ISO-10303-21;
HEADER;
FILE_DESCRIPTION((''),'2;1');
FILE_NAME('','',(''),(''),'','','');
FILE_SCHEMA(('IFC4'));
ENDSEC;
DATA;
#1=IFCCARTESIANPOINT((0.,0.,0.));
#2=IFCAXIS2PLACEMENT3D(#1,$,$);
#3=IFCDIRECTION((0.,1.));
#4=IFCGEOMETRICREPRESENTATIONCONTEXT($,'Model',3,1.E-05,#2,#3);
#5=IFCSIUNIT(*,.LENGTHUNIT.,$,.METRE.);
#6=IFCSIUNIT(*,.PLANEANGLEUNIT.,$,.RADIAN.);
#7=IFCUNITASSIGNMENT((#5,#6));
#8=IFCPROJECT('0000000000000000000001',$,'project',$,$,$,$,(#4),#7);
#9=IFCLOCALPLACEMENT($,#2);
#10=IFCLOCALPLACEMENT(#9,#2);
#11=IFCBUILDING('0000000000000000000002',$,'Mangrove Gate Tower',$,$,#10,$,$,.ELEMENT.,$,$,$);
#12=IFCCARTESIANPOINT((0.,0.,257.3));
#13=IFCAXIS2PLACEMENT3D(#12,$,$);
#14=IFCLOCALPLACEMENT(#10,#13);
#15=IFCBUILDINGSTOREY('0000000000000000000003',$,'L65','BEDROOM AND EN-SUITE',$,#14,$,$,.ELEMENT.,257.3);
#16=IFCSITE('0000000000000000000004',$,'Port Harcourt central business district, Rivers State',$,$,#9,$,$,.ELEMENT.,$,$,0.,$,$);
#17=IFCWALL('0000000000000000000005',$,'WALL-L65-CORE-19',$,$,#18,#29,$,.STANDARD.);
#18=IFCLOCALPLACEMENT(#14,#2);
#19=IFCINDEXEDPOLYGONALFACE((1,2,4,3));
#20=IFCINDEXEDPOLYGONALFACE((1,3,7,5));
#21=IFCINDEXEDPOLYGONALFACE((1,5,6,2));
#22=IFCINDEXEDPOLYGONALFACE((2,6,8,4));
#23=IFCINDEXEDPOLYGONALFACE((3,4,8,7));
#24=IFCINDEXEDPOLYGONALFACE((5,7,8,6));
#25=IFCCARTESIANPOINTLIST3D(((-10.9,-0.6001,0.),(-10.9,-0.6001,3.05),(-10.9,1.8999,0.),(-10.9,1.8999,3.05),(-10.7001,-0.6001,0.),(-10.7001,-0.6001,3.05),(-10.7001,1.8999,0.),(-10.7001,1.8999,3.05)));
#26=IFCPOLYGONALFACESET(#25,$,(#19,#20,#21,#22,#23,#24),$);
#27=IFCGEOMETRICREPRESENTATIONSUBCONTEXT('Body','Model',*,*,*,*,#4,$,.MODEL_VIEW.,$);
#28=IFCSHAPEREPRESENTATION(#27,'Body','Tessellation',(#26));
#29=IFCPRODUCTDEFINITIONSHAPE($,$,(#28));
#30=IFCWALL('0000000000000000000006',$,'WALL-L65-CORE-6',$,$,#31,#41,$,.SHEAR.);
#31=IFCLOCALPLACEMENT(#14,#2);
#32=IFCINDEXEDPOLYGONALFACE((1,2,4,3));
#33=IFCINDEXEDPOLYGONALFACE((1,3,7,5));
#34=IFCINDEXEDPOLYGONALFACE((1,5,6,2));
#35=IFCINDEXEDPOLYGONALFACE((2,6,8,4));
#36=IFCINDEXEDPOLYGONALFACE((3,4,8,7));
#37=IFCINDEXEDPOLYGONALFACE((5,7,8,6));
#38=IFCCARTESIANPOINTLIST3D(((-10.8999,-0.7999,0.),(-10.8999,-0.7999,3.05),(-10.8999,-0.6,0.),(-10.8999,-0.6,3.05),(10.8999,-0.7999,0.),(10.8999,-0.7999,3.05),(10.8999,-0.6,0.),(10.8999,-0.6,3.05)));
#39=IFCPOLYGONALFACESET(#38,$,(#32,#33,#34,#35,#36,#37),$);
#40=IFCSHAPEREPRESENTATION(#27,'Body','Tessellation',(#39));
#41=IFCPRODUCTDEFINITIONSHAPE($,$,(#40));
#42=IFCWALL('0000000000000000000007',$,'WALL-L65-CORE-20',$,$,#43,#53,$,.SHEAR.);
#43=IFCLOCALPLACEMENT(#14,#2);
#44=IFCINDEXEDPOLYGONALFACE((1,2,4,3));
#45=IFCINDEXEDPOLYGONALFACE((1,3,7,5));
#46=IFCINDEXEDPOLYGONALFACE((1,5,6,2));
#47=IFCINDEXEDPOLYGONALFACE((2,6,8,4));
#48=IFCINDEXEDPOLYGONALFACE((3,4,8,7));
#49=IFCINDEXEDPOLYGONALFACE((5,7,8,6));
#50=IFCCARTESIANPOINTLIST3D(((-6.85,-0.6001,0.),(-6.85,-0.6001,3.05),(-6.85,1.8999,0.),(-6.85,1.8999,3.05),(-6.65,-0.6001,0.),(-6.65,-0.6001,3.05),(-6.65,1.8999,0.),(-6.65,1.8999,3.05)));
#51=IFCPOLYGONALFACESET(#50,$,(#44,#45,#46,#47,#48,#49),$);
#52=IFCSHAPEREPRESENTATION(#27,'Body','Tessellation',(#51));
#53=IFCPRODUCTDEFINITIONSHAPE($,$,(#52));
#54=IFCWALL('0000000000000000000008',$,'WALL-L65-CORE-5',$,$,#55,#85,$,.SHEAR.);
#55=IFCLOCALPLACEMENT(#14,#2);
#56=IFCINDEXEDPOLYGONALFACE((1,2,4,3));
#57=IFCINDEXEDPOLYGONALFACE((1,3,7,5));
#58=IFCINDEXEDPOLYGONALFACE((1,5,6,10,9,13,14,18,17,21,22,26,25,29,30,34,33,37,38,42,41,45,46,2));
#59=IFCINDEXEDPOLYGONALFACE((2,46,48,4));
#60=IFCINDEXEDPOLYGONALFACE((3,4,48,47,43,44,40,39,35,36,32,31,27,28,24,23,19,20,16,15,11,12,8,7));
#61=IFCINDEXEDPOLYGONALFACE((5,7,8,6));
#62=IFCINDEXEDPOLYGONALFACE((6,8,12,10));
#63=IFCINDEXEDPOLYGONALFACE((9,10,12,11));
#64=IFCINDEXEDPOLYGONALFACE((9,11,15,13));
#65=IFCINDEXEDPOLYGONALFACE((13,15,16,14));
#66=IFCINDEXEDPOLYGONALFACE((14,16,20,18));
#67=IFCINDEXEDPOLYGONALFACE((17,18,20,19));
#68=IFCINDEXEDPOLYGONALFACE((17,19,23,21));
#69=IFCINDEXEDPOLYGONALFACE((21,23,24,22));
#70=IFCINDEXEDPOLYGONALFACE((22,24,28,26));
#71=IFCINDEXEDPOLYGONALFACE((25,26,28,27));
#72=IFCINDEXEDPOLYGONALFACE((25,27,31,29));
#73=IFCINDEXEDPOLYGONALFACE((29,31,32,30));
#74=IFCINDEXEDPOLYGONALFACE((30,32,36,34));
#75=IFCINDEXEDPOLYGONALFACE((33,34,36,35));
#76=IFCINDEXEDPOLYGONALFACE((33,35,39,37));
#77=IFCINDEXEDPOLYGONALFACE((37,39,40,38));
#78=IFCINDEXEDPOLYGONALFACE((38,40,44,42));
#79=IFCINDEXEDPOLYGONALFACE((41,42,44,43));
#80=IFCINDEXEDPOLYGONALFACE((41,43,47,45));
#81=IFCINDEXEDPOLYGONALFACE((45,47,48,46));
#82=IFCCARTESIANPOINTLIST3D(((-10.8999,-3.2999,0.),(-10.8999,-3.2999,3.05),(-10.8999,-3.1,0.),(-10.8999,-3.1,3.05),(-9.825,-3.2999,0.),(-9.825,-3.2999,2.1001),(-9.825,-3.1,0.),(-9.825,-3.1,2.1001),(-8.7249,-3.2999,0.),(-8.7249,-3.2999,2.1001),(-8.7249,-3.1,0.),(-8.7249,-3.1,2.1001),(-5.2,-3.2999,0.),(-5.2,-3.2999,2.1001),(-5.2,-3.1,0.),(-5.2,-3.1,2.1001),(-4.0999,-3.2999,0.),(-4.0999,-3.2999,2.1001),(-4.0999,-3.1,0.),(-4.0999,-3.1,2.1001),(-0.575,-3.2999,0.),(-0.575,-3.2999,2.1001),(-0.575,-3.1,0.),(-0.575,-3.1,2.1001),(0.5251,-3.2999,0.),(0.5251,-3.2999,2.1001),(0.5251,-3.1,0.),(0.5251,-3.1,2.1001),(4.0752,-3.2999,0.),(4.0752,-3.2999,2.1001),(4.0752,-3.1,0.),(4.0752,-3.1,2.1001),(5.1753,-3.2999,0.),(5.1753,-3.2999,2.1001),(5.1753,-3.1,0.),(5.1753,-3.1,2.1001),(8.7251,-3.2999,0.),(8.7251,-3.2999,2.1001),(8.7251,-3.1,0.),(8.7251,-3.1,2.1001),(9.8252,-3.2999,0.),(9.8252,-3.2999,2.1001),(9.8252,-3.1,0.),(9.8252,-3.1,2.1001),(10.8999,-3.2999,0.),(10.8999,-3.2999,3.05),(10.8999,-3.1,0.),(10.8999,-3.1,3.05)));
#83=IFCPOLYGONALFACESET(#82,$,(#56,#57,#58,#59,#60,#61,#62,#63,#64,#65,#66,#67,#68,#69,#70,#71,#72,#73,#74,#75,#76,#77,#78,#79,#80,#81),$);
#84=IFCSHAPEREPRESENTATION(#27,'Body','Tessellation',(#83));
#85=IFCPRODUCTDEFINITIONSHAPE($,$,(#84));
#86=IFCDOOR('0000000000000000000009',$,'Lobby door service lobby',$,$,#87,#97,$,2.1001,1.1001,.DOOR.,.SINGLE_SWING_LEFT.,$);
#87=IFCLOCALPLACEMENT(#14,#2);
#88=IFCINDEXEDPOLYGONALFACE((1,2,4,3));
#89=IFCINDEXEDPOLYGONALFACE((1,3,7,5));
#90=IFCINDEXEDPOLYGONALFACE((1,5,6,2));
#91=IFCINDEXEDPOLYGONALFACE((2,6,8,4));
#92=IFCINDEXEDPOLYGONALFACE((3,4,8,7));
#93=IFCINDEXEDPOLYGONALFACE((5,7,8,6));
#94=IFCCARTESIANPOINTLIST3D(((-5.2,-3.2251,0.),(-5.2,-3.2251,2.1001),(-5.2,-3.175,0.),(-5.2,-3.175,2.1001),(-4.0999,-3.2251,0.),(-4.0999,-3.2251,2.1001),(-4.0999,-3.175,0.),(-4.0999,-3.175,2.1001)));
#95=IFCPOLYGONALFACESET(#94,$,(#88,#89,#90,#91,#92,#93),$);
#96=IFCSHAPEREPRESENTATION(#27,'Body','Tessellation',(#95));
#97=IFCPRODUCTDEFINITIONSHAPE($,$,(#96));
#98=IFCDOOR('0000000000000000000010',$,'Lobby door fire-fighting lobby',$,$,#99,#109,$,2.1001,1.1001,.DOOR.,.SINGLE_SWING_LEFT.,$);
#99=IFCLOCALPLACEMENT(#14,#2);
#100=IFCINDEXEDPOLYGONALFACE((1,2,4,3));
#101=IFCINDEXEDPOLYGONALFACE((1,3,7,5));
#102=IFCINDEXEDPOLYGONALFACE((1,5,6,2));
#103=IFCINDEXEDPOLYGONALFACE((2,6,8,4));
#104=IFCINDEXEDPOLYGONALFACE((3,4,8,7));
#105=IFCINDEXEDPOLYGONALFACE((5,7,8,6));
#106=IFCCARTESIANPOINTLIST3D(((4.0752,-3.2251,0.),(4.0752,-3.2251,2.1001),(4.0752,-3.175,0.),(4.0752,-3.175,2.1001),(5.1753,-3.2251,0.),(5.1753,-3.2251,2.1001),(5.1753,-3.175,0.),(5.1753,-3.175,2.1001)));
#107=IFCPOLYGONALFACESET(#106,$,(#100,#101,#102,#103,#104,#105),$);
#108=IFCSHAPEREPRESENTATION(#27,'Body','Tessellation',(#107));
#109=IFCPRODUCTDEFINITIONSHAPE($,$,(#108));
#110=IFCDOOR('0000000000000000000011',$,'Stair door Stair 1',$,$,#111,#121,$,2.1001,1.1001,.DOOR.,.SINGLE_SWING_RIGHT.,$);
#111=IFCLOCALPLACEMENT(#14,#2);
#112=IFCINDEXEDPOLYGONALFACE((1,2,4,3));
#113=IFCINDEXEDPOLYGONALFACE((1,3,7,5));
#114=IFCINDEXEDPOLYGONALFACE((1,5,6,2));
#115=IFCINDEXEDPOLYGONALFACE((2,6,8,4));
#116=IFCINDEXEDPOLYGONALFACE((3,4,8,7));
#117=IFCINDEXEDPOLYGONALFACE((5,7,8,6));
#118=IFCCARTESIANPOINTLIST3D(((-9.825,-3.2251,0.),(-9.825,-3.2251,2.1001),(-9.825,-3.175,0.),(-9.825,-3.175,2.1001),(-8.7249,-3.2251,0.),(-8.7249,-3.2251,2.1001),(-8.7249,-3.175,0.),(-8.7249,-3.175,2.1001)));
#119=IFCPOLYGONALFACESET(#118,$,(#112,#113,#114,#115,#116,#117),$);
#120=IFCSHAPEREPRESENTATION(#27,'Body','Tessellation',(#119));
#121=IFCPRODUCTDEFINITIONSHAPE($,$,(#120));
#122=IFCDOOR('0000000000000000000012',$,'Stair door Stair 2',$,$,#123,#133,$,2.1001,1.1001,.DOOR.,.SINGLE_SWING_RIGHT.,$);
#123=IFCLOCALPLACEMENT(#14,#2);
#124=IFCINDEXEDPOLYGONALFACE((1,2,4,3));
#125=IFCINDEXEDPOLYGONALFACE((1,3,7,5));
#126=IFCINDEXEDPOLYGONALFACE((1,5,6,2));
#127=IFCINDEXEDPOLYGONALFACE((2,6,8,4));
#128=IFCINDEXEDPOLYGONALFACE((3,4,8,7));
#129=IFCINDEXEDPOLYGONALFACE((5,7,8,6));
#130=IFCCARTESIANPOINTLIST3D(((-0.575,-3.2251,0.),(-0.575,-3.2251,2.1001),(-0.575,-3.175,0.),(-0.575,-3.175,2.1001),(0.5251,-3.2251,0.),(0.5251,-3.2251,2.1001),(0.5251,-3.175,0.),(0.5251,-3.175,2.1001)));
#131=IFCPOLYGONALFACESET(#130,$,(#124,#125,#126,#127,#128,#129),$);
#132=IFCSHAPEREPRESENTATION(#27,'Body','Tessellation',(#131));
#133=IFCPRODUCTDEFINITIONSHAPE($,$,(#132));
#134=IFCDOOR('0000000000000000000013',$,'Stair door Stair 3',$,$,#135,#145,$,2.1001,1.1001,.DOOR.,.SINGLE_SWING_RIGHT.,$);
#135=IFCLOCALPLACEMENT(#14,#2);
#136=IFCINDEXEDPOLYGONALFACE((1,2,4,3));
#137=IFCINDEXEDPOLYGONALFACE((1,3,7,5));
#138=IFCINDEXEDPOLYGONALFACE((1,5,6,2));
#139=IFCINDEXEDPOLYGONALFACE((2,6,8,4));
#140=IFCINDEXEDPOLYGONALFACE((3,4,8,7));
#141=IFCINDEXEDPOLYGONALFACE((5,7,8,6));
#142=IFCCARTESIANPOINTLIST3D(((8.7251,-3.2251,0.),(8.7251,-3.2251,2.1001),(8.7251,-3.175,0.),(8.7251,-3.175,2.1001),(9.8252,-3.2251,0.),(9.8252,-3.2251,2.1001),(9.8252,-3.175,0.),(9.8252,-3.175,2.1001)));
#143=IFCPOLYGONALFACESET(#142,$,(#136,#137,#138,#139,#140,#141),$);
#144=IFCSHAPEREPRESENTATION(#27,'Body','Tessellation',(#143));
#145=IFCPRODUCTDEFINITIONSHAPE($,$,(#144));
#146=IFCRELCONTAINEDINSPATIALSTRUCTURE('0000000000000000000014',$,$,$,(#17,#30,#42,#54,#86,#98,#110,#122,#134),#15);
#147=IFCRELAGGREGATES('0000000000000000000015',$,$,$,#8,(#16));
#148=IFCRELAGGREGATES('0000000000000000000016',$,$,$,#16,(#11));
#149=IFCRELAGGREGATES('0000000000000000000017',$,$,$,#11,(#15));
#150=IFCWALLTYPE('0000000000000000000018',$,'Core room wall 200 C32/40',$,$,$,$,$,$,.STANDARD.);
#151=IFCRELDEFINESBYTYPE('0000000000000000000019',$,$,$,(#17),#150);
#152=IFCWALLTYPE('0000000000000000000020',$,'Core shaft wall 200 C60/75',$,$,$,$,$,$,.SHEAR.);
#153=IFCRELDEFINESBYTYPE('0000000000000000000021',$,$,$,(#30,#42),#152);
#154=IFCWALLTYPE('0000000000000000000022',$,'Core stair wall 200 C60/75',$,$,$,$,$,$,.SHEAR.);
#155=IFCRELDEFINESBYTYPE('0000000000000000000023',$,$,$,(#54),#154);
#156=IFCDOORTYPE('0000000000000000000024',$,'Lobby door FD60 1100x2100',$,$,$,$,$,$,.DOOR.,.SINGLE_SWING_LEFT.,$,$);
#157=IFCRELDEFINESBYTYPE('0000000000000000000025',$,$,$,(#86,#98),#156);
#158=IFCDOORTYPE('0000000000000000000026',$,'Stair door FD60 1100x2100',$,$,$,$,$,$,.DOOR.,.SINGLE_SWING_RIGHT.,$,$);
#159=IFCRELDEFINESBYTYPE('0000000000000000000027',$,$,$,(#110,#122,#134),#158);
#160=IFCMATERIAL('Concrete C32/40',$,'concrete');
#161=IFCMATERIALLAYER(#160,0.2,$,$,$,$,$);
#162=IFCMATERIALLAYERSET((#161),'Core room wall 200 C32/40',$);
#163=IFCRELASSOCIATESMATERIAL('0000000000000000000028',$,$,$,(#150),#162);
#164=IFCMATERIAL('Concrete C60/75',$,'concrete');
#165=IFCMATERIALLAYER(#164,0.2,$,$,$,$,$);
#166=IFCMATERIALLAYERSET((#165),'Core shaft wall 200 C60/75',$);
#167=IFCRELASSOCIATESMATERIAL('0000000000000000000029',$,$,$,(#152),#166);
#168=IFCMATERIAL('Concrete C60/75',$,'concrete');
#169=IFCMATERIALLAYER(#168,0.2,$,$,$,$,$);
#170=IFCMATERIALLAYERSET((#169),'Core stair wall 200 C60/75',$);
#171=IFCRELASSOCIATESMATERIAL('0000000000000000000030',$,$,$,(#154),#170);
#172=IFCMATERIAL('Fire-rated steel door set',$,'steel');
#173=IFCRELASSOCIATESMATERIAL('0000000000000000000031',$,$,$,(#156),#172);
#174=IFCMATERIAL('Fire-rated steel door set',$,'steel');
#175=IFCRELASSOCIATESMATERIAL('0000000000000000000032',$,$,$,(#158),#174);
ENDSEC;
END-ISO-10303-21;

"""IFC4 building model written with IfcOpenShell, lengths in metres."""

from ifc_helpers import new_model, si_unit, direction, frame, frame_2d, origin, place, context, subcontext, project, spatial, rectangle, extrude, material, layer, layer_set, type_object, element, fill, save


model = new_model("IFC4")

# Units and contexts
model_context = context("Model", 3, precision=1e-05, world=origin(), true_north=direction((0.0, 1.0)))
body_context = subcontext(model_context, "Body", "Model", "MODEL_VIEW")
ifc_project = project(units=[si_unit("LENGTHUNIT", "METRE"), si_unit("PLANEANGLEUNIT", "RADIAN")], contexts=[model_context])

# Site, building, storey
site_placement = place(None, origin())
site = spatial("IfcSite", under=ifc_project, at=site_placement, Name="Port Harcourt central business district, Rivers State", CompositionType="ELEMENT", RefElevation=0.0)
building_placement = place(site_placement, origin())
building = spatial("IfcBuilding", under=site, at=building_placement, Name="Mangrove Gate Tower", CompositionType="ELEMENT")
storey_placement = place(building_placement, frame((0.0, 0.0, 257.3)))
storey = spatial("IfcBuildingStorey", under=building, at=storey_placement, Name="L65", Description="BEDROOM AND EN-SUITE", CompositionType="ELEMENT", Elevation=257.3)

# Walls
ifc_material_1 = material(Name="Concrete C32/40", Category="concrete")
ifc_layer_1 = layer(ifc_material_1, 0.2)
ifc_layer_set_1 = layer_set([ifc_layer_1], Name="Core room wall 200 C32/40")
wall_type_1 = type_object("IfcWallType", Name="Core room wall 200 C32/40", PredefinedType="STANDARD", material=ifc_layer_set_1)
wall_1_placement = place(storey_placement, frame((-10.8, -0.6001, 0.0), z_axis=(0.0, 0.0, 1.0), x_axis=(0.0, 1.0, 0.0)))
element("IfcWall", 1, at=wall_1_placement, inside=storey, type_object=wall_type_1, Name="WALL-L65-CORE-19", PredefinedType="STANDARD", context=body_context, shape_type="SweptSolid", body=[
    extrude(rectangle(XDim=2.5, YDim=0.2, at=frame_2d((1.25, 0.0))), origin(), (0.0, 0.0, 1.0), 3.05),
])
ifc_material_2 = material(Name="Concrete C60/75", Category="concrete")
ifc_layer_2 = layer(ifc_material_2, 0.2)
ifc_layer_set_2 = layer_set([ifc_layer_2], Name="Core shaft wall 200 C60/75")
wall_type_2 = type_object("IfcWallType", Name="Core shaft wall 200 C60/75", PredefinedType="SHEAR", material=ifc_layer_set_2)
wall_2_placement = place(storey_placement, frame((-10.8999, -0.7, 0.0), z_axis=(0.0, 0.0, 1.0), x_axis=(1.0, 0.0, 0.0)))
element("IfcWall", 2, at=wall_2_placement, inside=storey, type_object=wall_type_2, Name="WALL-L65-CORE-6", PredefinedType="SHEAR", context=body_context, shape_type="SweptSolid", body=[
    extrude(rectangle(XDim=21.7998, YDim=0.2, at=frame_2d((10.8999, 0.0))), origin(), (0.0, 0.0, 1.0), 3.05),
])
wall_3_placement = place(storey_placement, frame((-6.75, -0.6001, 0.0), z_axis=(0.0, 0.0, 1.0), x_axis=(0.0, 1.0, 0.0)))
element("IfcWall", 3, at=wall_3_placement, inside=storey, type_object=wall_type_2, Name="WALL-L65-CORE-20", PredefinedType="SHEAR", context=body_context, shape_type="SweptSolid", body=[
    extrude(rectangle(XDim=2.5, YDim=0.2, at=frame_2d((1.25, 0.0))), origin(), (0.0, 0.0, 1.0), 3.05),
])

# Wall, openings, doors
ifc_material_3 = material(Name="Concrete C60/75", Category="concrete")
ifc_layer_3 = layer(ifc_material_3, 0.2)
ifc_layer_set_3 = layer_set([ifc_layer_3], Name="Core stair wall 200 C60/75")
wall_type_3 = type_object("IfcWallType", Name="Core stair wall 200 C60/75", PredefinedType="SHEAR", material=ifc_layer_set_3)
wall_4_placement = place(storey_placement, frame((-10.8999, -3.2, 0.0), z_axis=(0.0, 0.0, 1.0), x_axis=(1.0, 0.0, 0.0)))
wall_4 = element("IfcWall", 4, at=wall_4_placement, inside=storey, type_object=wall_type_3, Name="WALL-L65-CORE-5", PredefinedType="SHEAR", context=body_context, shape_type="SweptSolid", body=[
    extrude(rectangle(XDim=21.7998, YDim=0.2, at=frame_2d((10.8999, 0.0))), origin(), (0.0, 0.0, 1.0), 3.05),
])
opening_1_placement = place(wall_4_placement, frame((1.075, 0.0, 0.0)))
opening_1 = element("IfcOpeningElement", 5, at=opening_1_placement, cuts=wall_4, PredefinedType="OPENING", context=body_context, shape_type="SweptSolid", body=[
    extrude(rectangle(XDim=1.1001, YDim=2.1001, at=frame_2d((0.55, 1.05))), frame((0.0, 0.1099, 0.0), z_axis=(0.0, -1.0, 0.0), x_axis=(1.0, 0.0, 0.0)), (0.0, 0.0, 1.0), 0.22),
])
opening_2_placement = place(wall_4_placement, frame((10.325, 0.0, 0.0)))
opening_2 = element("IfcOpeningElement", 6, at=opening_2_placement, cuts=wall_4, PredefinedType="OPENING", context=body_context, shape_type="SweptSolid", body=[
    extrude(rectangle(XDim=1.1001, YDim=2.1001, at=frame_2d((0.55, 1.05))), frame((0.0, 0.1099, 0.0), z_axis=(0.0, -1.0, 0.0), x_axis=(1.0, 0.0, 0.0)), (0.0, 0.0, 1.0), 0.22),
])
opening_3_placement = place(wall_4_placement, frame((19.625, 0.0, 0.0)))
opening_3 = element("IfcOpeningElement", 7, at=opening_3_placement, cuts=wall_4, PredefinedType="OPENING", context=body_context, shape_type="SweptSolid", body=[
    extrude(rectangle(XDim=1.1001, YDim=2.1001, at=frame_2d((0.55, 1.05))), frame((0.0, 0.1099, 0.0), z_axis=(0.0, -1.0, 0.0), x_axis=(1.0, 0.0, 0.0)), (0.0, 0.0, 1.0), 0.22),
])
opening_4_placement = place(wall_4_placement, frame((5.7, 0.0, 0.0)))
opening_4 = element("IfcOpeningElement", 8, at=opening_4_placement, cuts=wall_4, PredefinedType="OPENING", context=body_context, shape_type="SweptSolid", body=[
    extrude(rectangle(XDim=1.1001, YDim=2.1001, at=frame_2d((0.55, 1.05))), frame((0.0, 0.1099, 0.0), z_axis=(0.0, -1.0, 0.0), x_axis=(1.0, 0.0, 0.0)), (0.0, 0.0, 1.0), 0.22),
])
opening_5_placement = place(wall_4_placement, frame((14.9751, 0.0, 0.0)))
opening_5 = element("IfcOpeningElement", 9, at=opening_5_placement, cuts=wall_4, PredefinedType="OPENING", context=body_context, shape_type="SweptSolid", body=[
    extrude(rectangle(XDim=1.1001, YDim=2.1001, at=frame_2d((0.55, 1.05))), frame((0.0, 0.1099, 0.0), z_axis=(0.0, -1.0, 0.0), x_axis=(1.0, 0.0, 0.0)), (0.0, 0.0, 1.0), 0.22),
])
ifc_material_4 = material(Name="Fire-rated steel door set", Category="steel")
door_type_1 = type_object("IfcDoorType", Name="Lobby door FD60 1100x2100", OperationType="SINGLE_SWING_LEFT", PredefinedType="DOOR", material=ifc_material_4)
door_1_placement = place(opening_4_placement, origin())
door_1 = element("IfcDoor", 10, at=door_1_placement, inside=storey, type_object=door_type_1, Name="Lobby door service lobby", OperationType="SINGLE_SWING_LEFT", OverallHeight=2.1001, OverallWidth=1.1001, PredefinedType="DOOR", context=body_context, shape_type="SweptSolid", body=[
    extrude(rectangle(XDim=1.1001, YDim=2.1001, at=frame_2d((0.55, 1.05))), frame((0.0, 0.0249, 0.0), z_axis=(0.0, -1.0, 0.0), x_axis=(1.0, 0.0, 0.0)), (0.0, 0.0, 1.0), 0.05),
])
fill(opening_4, door_1)
door_2_placement = place(opening_5_placement, origin())
door_2 = element("IfcDoor", 11, at=door_2_placement, inside=storey, type_object=door_type_1, Name="Lobby door fire-fighting lobby", OperationType="SINGLE_SWING_LEFT", OverallHeight=2.1001, OverallWidth=1.1001, PredefinedType="DOOR", context=body_context, shape_type="SweptSolid", body=[
    extrude(rectangle(XDim=1.1001, YDim=2.1001, at=frame_2d((0.55, 1.05))), frame((0.0, 0.0249, 0.0), z_axis=(0.0, -1.0, 0.0), x_axis=(1.0, 0.0, 0.0)), (0.0, 0.0, 1.0), 0.05),
])
fill(opening_5, door_2)
ifc_material_5 = material(Name="Fire-rated steel door set", Category="steel")
door_type_2 = type_object("IfcDoorType", Name="Stair door FD60 1100x2100", OperationType="SINGLE_SWING_RIGHT", PredefinedType="DOOR", material=ifc_material_5)
door_3_placement = place(opening_1_placement, origin())
door_3 = element("IfcDoor", 12, at=door_3_placement, inside=storey, type_object=door_type_2, Name="Stair door Stair 1", OperationType="SINGLE_SWING_RIGHT", OverallHeight=2.1001, OverallWidth=1.1001, PredefinedType="DOOR", context=body_context, shape_type="SweptSolid", body=[
    extrude(rectangle(XDim=1.1001, YDim=2.1001, at=frame_2d((0.55, 1.05))), frame((0.0, 0.0249, 0.0), z_axis=(0.0, -1.0, 0.0), x_axis=(1.0, 0.0, 0.0)), (0.0, 0.0, 1.0), 0.05),
])
fill(opening_1, door_3)
door_4_placement = place(opening_2_placement, origin())
door_4 = element("IfcDoor", 13, at=door_4_placement, inside=storey, type_object=door_type_2, Name="Stair door Stair 2", OperationType="SINGLE_SWING_RIGHT", OverallHeight=2.1001, OverallWidth=1.1001, PredefinedType="DOOR", context=body_context, shape_type="SweptSolid", body=[
    extrude(rectangle(XDim=1.1001, YDim=2.1001, at=frame_2d((0.55, 1.05))), frame((0.0, 0.0249, 0.0), z_axis=(0.0, -1.0, 0.0), x_axis=(1.0, 0.0, 0.0)), (0.0, 0.0, 1.0), 0.05),
])
fill(opening_2, door_4)
door_5_placement = place(opening_3_placement, origin())
door_5 = element("IfcDoor", 14, at=door_5_placement, inside=storey, type_object=door_type_2, Name="Stair door Stair 3", OperationType="SINGLE_SWING_RIGHT", OverallHeight=2.1001, OverallWidth=1.1001, PredefinedType="DOOR", context=body_context, shape_type="SweptSolid", body=[
    extrude(rectangle(XDim=1.1001, YDim=2.1001, at=frame_2d((0.55, 1.05))), frame((0.0, 0.0249, 0.0), z_axis=(0.0, -1.0, 0.0), x_axis=(1.0, 0.0, 0.0)), (0.0, 0.0, 1.0), 0.05),
])
fill(opening_3, door_5)

save(model, "model.ifc")
